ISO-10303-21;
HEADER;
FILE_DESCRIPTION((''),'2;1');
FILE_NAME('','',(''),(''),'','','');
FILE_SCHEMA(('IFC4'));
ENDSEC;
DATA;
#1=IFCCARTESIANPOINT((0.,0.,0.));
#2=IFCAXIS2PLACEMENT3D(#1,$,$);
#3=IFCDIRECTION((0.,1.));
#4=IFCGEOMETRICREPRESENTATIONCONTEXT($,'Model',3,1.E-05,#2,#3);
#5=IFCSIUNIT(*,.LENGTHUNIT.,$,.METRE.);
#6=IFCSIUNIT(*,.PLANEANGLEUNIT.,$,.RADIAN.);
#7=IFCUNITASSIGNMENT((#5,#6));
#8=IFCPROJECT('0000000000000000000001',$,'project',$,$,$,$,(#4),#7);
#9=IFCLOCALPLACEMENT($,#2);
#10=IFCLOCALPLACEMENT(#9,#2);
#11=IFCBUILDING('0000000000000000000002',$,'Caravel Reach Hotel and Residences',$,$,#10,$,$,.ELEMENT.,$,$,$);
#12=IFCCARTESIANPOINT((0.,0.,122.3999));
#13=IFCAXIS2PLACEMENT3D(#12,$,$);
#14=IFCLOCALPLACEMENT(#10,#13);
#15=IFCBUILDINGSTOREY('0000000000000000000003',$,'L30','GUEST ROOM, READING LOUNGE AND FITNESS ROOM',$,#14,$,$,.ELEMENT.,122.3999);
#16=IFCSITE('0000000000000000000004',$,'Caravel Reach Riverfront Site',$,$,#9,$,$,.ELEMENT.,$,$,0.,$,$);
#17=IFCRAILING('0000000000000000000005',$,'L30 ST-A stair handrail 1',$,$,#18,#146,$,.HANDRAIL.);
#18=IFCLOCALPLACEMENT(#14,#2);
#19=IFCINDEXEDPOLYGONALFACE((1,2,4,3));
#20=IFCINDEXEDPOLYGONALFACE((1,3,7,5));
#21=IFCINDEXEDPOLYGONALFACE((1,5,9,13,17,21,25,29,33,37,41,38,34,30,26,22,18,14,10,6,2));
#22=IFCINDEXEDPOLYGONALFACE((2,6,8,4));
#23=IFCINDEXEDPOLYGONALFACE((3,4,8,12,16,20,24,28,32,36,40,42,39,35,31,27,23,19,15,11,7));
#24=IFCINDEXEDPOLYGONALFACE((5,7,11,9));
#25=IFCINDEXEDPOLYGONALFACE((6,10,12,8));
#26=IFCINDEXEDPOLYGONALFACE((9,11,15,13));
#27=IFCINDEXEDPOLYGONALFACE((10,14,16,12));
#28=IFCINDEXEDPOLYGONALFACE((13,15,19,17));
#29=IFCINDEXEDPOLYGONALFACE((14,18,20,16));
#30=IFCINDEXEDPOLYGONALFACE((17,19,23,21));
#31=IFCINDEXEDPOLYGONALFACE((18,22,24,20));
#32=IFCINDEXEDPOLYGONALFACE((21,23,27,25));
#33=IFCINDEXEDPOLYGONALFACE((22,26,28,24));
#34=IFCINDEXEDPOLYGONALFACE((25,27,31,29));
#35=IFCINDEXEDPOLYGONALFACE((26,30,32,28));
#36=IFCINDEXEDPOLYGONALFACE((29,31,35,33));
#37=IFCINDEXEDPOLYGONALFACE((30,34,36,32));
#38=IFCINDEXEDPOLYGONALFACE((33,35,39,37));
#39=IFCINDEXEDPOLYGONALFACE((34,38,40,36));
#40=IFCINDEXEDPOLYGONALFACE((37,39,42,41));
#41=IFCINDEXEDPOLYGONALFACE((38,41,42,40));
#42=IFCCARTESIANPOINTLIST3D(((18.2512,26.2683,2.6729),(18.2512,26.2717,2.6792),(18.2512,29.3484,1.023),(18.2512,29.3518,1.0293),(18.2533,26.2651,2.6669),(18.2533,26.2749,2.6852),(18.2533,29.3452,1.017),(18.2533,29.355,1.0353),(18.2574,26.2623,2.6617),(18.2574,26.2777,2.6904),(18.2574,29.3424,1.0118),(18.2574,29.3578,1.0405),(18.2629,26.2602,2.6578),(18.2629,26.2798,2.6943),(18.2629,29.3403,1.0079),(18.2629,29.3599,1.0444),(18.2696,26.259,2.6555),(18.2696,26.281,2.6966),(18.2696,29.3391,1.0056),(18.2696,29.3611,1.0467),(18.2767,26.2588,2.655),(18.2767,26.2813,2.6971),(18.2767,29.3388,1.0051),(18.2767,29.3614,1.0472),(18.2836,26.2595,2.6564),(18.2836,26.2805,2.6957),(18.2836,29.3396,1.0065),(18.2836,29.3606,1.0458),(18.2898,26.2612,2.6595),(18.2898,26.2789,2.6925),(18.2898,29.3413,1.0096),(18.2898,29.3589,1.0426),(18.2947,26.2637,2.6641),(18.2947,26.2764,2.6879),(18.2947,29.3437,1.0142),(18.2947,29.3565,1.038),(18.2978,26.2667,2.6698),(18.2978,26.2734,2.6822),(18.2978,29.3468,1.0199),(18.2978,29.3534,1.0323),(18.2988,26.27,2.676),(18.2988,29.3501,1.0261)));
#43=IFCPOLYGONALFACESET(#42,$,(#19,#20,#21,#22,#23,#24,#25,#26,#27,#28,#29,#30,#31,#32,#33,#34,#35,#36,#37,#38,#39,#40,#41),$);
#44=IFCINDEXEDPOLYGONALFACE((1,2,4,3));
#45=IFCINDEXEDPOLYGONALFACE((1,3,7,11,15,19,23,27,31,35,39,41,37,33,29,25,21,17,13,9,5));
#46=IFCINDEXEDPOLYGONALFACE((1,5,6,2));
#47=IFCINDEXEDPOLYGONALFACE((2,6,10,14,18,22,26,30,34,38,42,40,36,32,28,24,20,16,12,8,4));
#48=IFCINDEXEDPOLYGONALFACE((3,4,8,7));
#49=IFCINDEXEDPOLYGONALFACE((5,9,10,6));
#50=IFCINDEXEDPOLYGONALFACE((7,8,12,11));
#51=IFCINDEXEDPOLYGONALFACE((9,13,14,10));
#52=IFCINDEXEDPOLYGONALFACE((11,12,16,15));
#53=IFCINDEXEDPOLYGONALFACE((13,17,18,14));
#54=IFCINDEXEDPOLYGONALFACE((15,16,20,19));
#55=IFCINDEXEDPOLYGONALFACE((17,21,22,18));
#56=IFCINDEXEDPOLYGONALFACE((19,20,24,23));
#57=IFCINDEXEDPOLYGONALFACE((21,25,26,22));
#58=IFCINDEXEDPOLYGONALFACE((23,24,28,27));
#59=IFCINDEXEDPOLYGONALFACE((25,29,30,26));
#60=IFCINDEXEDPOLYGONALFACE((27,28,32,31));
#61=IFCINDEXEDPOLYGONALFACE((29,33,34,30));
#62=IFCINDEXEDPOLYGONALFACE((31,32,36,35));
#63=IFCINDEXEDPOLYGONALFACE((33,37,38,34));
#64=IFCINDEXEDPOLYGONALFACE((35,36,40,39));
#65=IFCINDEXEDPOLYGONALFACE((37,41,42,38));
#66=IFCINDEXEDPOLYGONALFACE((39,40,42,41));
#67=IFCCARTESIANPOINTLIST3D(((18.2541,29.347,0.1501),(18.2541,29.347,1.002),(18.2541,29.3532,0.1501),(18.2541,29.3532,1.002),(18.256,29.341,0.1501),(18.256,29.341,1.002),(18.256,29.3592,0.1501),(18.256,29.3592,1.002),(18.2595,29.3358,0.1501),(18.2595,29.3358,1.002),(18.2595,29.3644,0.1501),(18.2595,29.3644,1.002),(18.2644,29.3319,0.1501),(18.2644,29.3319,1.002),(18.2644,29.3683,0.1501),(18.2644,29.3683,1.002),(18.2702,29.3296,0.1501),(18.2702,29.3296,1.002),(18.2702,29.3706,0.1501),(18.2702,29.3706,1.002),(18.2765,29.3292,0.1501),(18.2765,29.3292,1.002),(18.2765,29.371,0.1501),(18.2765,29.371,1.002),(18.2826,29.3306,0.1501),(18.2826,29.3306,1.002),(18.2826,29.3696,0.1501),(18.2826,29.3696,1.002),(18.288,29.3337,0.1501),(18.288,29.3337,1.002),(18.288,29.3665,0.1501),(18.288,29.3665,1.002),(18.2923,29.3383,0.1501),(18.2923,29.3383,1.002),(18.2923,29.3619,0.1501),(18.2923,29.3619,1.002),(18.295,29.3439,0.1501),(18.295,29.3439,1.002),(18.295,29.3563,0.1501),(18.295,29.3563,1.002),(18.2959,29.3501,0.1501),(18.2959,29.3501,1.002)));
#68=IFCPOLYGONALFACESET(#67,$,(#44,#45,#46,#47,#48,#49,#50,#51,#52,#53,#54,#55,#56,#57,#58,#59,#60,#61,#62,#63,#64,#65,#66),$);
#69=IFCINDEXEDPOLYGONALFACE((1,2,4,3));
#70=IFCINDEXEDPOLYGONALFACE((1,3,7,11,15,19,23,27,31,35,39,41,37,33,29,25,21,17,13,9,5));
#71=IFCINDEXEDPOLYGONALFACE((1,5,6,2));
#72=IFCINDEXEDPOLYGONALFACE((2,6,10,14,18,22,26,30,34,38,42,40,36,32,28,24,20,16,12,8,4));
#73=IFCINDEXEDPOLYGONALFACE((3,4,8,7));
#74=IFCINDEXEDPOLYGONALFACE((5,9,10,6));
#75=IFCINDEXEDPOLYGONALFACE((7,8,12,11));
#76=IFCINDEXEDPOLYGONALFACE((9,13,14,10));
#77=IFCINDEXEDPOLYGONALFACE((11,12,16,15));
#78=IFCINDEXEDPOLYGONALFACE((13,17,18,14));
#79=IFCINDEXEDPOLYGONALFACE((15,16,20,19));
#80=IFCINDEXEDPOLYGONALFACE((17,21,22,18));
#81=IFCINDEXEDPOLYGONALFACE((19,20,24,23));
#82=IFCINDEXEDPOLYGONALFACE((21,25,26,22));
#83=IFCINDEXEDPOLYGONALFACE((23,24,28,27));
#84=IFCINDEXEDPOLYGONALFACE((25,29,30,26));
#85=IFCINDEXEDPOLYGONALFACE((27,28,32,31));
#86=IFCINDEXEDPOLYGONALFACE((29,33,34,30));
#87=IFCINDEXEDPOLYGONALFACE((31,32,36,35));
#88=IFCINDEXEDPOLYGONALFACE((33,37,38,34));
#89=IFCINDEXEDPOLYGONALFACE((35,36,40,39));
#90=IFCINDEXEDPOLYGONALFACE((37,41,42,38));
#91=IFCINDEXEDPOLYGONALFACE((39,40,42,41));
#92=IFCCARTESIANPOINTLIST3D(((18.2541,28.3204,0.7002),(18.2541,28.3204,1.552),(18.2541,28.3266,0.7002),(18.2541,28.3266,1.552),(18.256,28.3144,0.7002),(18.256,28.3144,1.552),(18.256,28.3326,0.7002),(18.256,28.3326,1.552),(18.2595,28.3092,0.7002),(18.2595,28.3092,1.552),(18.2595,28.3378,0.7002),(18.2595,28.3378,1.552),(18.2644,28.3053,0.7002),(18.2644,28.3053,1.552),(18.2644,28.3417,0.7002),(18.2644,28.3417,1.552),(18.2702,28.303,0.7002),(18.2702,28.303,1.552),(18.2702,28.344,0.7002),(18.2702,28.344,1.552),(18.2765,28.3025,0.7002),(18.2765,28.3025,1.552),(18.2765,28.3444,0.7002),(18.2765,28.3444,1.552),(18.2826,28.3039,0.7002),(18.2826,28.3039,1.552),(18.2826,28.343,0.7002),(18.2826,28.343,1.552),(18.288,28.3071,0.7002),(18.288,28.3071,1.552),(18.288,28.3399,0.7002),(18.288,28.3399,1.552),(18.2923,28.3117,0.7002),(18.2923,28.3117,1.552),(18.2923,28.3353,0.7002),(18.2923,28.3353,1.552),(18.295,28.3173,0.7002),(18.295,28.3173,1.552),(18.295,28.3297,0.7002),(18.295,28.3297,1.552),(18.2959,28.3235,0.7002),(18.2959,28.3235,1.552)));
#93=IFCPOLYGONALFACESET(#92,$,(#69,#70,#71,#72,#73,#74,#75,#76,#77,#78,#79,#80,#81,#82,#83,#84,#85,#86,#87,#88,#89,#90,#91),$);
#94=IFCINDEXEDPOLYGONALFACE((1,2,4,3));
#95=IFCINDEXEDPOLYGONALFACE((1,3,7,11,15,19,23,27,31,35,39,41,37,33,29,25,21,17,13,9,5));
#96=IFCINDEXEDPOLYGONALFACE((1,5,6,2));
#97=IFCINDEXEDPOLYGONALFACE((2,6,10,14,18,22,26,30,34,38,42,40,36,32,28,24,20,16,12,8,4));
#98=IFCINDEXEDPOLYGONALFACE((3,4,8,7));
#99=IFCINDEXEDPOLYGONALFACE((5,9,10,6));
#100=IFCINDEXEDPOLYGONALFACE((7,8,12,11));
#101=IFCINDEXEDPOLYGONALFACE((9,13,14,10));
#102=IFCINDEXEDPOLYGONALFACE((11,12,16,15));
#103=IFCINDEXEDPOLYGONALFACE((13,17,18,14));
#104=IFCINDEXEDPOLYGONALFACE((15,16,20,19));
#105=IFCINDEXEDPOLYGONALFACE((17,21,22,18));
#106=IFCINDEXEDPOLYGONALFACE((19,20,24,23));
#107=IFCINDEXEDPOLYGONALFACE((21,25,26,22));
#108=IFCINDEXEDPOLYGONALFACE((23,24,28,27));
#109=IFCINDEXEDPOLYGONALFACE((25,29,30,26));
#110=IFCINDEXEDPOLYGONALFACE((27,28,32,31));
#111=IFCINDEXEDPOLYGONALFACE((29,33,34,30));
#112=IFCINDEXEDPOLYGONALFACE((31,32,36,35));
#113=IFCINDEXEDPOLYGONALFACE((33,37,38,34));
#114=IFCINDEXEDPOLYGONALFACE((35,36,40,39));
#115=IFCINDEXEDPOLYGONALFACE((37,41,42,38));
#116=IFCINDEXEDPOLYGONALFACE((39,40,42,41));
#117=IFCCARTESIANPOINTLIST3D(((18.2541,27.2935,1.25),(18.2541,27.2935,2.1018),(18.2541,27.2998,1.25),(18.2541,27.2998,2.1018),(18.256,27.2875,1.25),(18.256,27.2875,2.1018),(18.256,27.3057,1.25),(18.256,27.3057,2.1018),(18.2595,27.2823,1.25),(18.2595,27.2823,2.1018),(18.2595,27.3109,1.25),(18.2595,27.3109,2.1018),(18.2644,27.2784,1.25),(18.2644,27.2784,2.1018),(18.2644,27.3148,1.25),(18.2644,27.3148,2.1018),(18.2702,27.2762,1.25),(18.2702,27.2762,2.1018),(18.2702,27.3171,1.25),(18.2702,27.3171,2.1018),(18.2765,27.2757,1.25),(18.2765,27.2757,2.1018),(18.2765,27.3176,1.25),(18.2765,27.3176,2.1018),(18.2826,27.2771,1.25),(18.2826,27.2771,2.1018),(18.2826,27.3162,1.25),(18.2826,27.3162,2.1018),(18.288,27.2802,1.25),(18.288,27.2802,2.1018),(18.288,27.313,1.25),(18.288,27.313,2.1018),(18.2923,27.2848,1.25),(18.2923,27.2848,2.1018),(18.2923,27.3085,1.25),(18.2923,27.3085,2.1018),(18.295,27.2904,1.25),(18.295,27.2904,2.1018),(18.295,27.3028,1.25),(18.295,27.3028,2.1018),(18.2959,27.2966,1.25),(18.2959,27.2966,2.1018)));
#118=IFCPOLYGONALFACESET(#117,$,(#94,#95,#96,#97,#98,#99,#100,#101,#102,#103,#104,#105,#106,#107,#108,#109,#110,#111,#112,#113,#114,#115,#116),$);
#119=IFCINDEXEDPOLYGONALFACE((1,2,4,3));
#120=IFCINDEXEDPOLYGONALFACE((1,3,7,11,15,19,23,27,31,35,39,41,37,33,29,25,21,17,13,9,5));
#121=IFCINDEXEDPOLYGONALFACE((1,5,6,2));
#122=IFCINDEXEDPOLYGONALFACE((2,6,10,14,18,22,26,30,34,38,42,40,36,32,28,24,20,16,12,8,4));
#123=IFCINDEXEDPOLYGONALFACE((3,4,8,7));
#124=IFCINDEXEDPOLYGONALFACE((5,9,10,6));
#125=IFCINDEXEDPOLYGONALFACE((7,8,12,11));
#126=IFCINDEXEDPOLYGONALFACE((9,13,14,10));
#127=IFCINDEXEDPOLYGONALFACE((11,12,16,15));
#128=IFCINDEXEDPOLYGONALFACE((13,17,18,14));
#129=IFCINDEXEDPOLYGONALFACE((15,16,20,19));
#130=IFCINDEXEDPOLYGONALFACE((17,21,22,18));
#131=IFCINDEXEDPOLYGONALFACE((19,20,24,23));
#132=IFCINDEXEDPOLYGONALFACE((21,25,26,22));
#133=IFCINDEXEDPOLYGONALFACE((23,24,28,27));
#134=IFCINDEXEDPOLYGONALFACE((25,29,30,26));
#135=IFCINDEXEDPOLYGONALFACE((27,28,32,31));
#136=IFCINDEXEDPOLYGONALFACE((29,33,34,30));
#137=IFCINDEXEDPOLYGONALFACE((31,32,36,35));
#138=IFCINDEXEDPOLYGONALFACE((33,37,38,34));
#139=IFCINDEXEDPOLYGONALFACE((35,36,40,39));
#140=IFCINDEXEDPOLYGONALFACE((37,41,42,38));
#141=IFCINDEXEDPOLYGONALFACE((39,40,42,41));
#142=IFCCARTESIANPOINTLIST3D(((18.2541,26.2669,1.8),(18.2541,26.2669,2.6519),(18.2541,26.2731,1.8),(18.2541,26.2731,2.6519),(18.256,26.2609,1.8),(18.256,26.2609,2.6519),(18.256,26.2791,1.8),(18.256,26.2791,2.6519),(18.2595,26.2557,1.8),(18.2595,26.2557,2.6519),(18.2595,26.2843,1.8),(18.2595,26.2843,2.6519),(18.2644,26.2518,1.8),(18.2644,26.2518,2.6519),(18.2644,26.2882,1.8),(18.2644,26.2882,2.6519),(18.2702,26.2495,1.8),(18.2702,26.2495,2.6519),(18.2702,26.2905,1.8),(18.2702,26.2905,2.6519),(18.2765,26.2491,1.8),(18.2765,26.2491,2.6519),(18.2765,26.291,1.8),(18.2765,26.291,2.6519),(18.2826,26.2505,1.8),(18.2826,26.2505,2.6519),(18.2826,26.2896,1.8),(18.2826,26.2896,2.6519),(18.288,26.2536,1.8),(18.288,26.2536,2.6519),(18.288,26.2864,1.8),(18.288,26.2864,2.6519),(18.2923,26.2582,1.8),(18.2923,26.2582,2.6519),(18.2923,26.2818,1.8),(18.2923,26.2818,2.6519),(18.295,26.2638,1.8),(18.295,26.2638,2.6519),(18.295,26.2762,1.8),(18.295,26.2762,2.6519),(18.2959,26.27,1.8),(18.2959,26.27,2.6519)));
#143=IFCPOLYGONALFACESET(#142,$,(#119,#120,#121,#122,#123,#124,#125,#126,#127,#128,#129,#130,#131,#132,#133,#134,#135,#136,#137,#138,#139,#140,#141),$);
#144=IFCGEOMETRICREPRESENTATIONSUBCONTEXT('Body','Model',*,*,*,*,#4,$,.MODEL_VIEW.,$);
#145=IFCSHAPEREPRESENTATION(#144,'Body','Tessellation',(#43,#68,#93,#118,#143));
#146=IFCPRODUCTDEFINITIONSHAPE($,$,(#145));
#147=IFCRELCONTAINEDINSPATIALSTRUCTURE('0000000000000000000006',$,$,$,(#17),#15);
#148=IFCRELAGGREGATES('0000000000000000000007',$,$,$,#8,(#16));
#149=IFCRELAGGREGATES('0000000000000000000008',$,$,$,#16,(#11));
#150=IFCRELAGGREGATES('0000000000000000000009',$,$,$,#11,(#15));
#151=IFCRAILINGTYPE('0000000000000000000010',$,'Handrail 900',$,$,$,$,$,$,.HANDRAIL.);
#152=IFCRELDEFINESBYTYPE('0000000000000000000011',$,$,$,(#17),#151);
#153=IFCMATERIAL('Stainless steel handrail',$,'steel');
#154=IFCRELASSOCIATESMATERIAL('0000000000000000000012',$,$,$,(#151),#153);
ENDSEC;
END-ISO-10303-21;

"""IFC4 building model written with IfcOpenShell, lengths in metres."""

from ifc_helpers import new_model, si_unit, direction, frame, origin, origin_2d, place, context, subcontext, project, spatial, circle, extrude, material, type_object, element, save


model = new_model("IFC4")

# Units and contexts
model_context = context("Model", 3, precision=1e-05, world=origin(), true_north=direction((0.0, 1.0)))
body_context = subcontext(model_context, "Body", "Model", "MODEL_VIEW")
ifc_project = project(units=[si_unit("LENGTHUNIT", "METRE"), si_unit("PLANEANGLEUNIT", "RADIAN")], contexts=[model_context])

# Site, building, storey
site_placement = place(None, origin())
site = spatial("IfcSite", under=ifc_project, at=site_placement, Name="Caravel Reach Riverfront Site", CompositionType="ELEMENT", RefElevation=0.0)
building_placement = place(site_placement, origin())
building = spatial("IfcBuilding", under=site, at=building_placement, Name="Caravel Reach Hotel and Residences", CompositionType="ELEMENT")
storey_placement = place(building_placement, frame((0.0, 0.0, 122.3999)))
storey = spatial("IfcBuildingStorey", under=building, at=storey_placement, Name="L30", Description="GUEST ROOM, READING LOUNGE AND FITNESS ROOM", CompositionType="ELEMENT", Elevation=122.3999)

# Railing
ifc_material_1 = material(Name="Stainless steel handrail", Category="steel")
railing_type_1 = type_object("IfcRailingType", Name="Handrail 900", PredefinedType="HANDRAIL", material=ifc_material_1)
railing_1_placement = place(storey_placement, frame((18.2749, 29.3501, 0.1501)))
element("IfcRailing", 1, at=railing_1_placement, inside=storey, type_object=railing_type_1, Name="L30 ST-A stair handrail 1", PredefinedType="HANDRAIL", context=body_context, shape_type="SweptSolid", body=[
    extrude(circle(Radius=0.0239, at=origin_2d()), frame((0.0, 0.0, 0.876), z_axis=(0.0, -0.881497, 0.47219), x_axis=(1.0, 0.0, 0.0)), (0.0, 0.0, 1.0), 3.4941),
    extrude(circle(Radius=0.021, at=origin_2d()), origin(), (0.0, 0.0, 1.0), 0.8518),
    extrude(circle(Radius=0.021, at=origin_2d()), frame((0.0, -1.0266, 0.55)), (0.0, 0.0, 1.0), 0.8518),
    extrude(circle(Radius=0.021, at=origin_2d()), frame((0.0, -2.0535, 1.0999)), (0.0, 0.0, 1.0), 0.8518),
    extrude(circle(Radius=0.021, at=origin_2d()), frame((0.0, -3.0801, 1.6499)), (0.0, 0.0, 1.0), 0.8518),
])

save(model, "model.ifc")
